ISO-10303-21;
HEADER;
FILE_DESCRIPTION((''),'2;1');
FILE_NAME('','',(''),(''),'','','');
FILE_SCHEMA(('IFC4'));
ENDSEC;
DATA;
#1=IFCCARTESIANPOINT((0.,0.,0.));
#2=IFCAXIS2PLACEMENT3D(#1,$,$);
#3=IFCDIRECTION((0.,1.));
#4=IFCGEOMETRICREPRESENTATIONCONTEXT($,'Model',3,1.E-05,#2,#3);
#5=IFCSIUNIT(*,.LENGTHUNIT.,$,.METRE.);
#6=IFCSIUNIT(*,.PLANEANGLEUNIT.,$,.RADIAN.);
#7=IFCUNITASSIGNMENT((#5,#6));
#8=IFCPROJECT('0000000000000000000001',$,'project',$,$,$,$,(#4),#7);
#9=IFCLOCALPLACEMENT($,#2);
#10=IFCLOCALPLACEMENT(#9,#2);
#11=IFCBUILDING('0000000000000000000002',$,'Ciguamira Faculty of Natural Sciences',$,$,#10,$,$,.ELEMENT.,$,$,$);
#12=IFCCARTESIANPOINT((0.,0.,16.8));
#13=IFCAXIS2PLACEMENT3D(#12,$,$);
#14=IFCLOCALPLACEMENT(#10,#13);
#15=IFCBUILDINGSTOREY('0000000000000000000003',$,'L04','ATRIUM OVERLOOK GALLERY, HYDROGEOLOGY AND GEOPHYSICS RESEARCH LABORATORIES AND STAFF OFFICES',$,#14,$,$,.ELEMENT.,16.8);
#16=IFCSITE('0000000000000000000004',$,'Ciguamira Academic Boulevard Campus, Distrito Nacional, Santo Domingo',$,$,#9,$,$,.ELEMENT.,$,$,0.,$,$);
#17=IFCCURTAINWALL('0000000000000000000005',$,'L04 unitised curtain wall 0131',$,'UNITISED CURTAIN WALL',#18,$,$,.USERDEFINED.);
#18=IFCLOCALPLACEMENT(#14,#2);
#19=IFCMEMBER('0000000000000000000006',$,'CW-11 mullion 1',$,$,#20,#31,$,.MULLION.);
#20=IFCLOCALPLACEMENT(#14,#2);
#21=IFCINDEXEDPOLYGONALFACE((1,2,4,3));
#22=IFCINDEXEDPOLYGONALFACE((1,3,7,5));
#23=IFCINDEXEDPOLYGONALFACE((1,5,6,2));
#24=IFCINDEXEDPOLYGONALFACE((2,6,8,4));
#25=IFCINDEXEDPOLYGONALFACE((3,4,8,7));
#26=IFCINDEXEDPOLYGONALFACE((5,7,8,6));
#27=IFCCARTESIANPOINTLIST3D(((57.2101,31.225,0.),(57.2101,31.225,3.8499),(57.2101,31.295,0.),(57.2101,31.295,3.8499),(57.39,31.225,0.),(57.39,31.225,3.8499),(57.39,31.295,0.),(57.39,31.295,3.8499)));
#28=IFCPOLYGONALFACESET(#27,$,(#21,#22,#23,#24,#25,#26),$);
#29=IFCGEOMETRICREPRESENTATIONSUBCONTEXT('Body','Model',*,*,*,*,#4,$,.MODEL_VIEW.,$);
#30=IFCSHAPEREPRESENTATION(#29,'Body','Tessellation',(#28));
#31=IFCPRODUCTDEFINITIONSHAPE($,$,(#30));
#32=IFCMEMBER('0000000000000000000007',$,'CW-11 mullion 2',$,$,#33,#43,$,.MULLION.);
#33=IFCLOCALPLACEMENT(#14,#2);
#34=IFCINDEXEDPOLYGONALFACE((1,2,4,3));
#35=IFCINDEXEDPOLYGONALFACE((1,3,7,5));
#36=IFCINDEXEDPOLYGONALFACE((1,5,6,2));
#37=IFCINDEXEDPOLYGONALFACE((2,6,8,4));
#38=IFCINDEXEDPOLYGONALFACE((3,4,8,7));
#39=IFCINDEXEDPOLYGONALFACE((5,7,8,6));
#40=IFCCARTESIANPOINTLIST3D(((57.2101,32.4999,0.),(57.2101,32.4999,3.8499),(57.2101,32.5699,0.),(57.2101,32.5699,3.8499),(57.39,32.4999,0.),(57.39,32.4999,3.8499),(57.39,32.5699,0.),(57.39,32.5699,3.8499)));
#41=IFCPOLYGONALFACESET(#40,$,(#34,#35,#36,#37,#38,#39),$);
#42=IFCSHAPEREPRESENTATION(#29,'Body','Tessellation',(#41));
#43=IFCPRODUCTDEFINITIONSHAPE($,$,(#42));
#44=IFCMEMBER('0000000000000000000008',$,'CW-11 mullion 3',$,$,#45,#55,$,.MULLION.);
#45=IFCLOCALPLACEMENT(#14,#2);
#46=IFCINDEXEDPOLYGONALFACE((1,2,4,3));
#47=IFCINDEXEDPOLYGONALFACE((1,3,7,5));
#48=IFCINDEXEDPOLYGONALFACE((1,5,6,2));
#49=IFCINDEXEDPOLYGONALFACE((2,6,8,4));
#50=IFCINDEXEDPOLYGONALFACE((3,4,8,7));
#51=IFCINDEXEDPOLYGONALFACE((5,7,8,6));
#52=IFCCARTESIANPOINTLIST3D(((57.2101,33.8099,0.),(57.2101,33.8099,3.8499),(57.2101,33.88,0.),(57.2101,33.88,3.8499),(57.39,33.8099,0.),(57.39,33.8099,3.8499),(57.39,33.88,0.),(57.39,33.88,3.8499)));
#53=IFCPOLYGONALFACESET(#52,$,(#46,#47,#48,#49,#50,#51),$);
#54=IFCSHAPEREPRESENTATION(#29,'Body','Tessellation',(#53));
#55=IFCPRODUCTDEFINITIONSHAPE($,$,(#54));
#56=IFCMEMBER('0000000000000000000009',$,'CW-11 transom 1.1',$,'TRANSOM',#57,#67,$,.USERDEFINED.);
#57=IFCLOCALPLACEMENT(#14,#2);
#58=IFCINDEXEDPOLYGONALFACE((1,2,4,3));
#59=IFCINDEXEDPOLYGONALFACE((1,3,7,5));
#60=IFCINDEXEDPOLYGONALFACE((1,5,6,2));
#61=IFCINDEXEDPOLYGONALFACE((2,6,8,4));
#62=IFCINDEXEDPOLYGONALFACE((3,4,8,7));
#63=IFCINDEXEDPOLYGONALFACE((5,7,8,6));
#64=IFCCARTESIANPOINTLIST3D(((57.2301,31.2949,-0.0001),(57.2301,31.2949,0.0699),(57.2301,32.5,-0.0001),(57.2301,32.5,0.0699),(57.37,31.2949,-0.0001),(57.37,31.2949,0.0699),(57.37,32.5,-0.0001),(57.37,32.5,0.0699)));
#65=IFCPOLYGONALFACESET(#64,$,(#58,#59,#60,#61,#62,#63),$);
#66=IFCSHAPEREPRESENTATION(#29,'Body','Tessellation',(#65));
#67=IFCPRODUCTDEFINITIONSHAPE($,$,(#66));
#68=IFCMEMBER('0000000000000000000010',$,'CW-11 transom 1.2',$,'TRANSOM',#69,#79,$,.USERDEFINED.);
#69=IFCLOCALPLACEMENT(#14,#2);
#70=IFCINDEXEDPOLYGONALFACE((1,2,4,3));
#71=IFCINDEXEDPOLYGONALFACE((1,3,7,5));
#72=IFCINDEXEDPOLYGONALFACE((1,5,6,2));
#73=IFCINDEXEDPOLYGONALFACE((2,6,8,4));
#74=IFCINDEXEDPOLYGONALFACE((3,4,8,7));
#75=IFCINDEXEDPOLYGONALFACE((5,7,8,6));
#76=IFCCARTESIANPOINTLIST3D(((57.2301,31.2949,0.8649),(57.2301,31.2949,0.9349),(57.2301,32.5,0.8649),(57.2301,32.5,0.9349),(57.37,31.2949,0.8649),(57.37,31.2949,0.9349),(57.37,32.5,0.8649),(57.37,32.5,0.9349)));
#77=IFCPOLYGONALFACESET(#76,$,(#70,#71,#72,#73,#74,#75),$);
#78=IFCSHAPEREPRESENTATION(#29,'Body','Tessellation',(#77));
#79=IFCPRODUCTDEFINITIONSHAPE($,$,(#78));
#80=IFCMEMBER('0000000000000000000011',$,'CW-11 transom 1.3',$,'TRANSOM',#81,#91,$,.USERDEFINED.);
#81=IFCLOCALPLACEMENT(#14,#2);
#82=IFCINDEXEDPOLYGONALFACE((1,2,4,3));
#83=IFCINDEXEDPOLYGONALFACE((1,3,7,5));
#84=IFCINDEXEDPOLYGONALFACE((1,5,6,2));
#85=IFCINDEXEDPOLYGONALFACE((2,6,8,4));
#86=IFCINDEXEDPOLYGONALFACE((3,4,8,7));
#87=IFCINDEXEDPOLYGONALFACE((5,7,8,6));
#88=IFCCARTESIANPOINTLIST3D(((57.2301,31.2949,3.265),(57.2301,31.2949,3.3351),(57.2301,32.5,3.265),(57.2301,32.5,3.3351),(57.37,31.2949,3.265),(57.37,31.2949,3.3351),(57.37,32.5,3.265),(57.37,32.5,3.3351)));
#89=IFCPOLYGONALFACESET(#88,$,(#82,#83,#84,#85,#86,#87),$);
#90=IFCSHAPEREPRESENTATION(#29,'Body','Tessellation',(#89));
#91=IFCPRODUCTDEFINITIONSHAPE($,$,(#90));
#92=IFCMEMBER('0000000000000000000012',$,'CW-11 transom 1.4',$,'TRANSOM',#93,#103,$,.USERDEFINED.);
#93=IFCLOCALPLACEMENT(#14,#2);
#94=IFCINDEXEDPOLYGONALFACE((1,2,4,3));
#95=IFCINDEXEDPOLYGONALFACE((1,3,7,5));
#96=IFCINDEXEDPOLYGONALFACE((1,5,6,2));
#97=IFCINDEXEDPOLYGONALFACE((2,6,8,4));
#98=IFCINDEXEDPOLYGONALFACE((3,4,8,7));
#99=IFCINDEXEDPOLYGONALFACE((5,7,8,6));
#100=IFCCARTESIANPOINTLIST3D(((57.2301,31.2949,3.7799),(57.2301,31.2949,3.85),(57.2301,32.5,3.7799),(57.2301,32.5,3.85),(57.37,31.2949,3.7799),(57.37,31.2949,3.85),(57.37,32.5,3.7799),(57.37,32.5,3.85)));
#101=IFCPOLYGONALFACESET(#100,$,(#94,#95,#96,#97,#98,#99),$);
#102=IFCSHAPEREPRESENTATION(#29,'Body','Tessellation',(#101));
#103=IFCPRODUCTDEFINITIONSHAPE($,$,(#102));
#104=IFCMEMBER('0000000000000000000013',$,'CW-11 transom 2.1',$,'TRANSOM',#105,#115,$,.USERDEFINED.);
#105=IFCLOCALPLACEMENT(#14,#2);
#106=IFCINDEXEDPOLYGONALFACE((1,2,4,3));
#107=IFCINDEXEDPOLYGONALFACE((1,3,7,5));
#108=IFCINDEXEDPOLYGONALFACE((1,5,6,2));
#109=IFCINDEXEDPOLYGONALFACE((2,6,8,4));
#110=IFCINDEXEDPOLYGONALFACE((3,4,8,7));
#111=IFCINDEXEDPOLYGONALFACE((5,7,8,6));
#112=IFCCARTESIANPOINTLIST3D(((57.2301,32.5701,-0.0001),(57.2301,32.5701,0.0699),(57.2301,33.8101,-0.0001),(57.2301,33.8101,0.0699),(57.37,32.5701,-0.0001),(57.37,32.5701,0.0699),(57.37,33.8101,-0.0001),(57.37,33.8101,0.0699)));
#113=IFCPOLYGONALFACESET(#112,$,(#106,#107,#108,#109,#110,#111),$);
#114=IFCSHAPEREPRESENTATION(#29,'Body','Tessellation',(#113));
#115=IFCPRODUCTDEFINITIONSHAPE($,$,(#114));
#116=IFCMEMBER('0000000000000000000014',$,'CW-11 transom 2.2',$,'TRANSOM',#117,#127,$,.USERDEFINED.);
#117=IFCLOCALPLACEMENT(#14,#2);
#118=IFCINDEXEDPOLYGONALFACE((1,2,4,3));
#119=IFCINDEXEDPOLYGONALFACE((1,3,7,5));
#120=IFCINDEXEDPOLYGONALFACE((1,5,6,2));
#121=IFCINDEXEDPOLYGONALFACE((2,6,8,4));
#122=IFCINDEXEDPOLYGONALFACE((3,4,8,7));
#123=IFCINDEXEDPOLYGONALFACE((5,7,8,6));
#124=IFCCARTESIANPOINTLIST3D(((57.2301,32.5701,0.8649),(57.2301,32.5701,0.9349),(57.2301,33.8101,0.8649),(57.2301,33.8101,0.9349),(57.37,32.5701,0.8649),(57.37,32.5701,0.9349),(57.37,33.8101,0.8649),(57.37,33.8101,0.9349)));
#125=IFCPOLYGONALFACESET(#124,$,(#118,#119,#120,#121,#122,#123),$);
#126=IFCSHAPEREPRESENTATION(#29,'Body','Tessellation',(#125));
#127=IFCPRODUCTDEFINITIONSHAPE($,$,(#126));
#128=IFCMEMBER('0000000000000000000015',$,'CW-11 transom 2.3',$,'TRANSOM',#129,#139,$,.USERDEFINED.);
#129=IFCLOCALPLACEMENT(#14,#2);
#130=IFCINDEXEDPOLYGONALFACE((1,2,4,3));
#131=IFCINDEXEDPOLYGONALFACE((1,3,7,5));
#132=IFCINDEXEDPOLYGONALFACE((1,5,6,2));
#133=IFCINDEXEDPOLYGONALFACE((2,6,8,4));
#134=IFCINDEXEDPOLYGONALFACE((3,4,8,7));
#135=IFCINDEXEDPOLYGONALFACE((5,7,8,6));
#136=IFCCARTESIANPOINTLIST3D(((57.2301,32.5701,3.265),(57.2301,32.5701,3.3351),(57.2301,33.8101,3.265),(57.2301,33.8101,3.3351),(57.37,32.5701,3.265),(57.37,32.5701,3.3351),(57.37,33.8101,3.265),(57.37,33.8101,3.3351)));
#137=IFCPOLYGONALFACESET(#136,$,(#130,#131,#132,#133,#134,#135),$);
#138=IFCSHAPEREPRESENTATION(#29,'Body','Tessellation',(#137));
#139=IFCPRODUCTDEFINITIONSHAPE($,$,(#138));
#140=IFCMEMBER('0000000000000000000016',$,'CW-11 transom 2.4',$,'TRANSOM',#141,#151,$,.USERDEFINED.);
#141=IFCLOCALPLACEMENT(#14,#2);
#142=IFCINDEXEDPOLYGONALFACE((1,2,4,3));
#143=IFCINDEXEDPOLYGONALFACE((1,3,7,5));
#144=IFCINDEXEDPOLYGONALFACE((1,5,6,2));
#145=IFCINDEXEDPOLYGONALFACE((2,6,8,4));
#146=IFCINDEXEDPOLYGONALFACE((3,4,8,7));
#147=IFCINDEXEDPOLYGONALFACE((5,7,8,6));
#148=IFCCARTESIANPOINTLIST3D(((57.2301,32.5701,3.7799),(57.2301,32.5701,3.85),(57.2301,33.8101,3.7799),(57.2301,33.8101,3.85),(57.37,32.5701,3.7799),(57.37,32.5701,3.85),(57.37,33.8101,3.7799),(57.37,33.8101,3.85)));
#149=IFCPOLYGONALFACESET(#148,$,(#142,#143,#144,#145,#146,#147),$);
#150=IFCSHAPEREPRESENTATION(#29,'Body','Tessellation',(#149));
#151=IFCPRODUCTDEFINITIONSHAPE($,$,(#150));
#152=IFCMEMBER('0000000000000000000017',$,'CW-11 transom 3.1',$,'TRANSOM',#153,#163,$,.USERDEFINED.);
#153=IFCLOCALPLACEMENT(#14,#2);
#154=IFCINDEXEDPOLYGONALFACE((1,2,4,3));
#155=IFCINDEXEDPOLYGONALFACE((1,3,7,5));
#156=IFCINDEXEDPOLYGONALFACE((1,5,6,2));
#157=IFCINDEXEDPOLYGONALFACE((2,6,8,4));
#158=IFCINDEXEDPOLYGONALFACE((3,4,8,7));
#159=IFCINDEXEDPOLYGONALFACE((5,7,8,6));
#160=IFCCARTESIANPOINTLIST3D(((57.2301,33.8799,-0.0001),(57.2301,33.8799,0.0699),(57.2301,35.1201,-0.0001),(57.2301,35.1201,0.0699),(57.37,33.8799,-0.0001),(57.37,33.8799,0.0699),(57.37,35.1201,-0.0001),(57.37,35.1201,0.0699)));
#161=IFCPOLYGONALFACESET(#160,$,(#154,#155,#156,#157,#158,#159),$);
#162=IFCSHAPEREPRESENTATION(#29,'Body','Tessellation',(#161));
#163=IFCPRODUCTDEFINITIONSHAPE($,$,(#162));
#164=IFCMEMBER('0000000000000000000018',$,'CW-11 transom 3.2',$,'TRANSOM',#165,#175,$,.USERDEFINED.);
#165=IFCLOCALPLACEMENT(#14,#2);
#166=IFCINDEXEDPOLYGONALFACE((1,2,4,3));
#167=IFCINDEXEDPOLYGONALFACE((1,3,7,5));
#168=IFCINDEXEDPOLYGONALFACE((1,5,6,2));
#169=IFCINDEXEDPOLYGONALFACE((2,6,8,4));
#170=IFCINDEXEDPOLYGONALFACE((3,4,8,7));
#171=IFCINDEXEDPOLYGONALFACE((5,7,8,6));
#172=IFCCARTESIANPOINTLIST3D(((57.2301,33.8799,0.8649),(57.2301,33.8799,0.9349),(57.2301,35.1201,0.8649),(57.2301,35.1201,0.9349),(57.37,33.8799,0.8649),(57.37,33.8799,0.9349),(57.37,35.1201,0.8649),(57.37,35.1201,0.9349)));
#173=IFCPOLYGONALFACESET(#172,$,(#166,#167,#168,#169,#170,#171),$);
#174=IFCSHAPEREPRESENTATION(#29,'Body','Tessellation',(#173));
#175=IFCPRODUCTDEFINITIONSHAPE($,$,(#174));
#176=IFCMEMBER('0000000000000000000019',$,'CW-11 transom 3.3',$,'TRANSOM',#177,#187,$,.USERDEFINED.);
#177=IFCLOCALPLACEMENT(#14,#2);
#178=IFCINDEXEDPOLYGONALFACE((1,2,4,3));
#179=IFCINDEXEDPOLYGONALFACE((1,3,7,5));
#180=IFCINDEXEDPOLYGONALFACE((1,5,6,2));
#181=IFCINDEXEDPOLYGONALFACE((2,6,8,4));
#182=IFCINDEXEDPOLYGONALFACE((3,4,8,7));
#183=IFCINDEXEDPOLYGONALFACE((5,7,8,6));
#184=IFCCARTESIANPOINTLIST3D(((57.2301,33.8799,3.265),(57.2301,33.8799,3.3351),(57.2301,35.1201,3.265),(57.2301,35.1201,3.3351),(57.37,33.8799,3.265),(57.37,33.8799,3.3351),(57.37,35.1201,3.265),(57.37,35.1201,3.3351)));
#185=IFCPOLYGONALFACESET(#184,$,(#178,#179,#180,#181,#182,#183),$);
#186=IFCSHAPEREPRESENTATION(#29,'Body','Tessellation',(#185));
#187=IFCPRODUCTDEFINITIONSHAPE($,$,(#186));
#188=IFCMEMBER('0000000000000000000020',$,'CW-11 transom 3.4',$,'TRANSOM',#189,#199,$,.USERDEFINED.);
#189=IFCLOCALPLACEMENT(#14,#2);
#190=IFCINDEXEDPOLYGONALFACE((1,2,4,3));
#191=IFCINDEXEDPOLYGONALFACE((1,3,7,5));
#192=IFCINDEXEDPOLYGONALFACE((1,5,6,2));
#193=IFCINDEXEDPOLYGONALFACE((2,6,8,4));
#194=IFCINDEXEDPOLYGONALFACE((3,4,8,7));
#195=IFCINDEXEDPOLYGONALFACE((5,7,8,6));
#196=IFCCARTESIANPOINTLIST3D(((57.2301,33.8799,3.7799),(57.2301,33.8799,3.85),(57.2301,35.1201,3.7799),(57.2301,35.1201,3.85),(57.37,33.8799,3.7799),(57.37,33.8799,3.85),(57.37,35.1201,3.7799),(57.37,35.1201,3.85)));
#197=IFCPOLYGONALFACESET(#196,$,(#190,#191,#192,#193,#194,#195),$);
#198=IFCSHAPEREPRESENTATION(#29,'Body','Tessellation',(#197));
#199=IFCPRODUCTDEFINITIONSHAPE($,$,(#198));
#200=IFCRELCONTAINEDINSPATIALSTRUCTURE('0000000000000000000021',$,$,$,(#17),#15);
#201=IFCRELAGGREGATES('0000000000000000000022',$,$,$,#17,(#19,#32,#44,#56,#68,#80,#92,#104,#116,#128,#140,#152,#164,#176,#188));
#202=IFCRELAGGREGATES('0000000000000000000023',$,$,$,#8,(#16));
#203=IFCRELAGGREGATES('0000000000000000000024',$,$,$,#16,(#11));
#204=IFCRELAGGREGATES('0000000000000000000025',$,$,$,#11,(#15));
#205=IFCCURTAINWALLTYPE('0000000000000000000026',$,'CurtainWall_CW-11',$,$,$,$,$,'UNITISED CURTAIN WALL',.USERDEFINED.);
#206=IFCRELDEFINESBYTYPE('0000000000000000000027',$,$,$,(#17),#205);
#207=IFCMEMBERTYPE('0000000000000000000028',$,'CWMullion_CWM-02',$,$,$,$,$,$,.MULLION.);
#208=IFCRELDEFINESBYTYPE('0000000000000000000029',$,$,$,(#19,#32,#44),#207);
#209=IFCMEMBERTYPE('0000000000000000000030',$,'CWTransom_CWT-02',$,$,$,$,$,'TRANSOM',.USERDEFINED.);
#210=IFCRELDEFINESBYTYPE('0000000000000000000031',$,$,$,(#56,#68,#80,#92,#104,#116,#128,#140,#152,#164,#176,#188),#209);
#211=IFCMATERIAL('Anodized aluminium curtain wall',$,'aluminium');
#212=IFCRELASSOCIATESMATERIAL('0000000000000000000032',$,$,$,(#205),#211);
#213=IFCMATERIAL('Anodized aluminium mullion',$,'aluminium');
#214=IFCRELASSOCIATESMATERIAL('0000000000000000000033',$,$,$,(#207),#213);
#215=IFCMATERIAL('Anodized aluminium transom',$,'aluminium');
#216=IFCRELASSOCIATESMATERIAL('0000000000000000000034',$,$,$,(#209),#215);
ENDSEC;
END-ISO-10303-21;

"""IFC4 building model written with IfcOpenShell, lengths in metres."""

from ifc_helpers import new_model, si_unit, direction, frame, origin, origin_2d, place, context, subcontext, project, spatial, rectangle, extrude, material, material_profile, profile_set, type_object, element, aggregate, save


model = new_model("IFC4")

# Units and contexts
model_context = context("Model", 3, precision=1e-05, world=origin(), true_north=direction((0.0, 1.0)))
body_context = subcontext(model_context, "Body", "Model", "MODEL_VIEW")
ifc_project = project(units=[si_unit("LENGTHUNIT", "METRE"), si_unit("PLANEANGLEUNIT", "RADIAN")], contexts=[model_context])

# Site, building, storey
site_placement = place(None, origin())
site = spatial("IfcSite", under=ifc_project, at=site_placement, Name="Ciguamira Academic Boulevard Campus, Distrito Nacional, Santo Domingo", CompositionType="ELEMENT", RefElevation=0.0)
building_placement = place(site_placement, origin())
building = spatial("IfcBuilding", under=site, at=building_placement, Name="Ciguamira Faculty of Natural Sciences", CompositionType="ELEMENT")
storey_placement = place(building_placement, frame((0.0, 0.0, 16.8)))
storey = spatial("IfcBuildingStorey", under=building, at=storey_placement, Name="L04", Description="ATRIUM OVERLOOK GALLERY, HYDROGEOLOGY AND GEOPHYSICS RESEARCH LABORATORIES AND STAFF OFFICES", CompositionType="ELEMENT", Elevation=16.8)

# Curtain wall, members
ifc_material_1 = material(Name="Anodized aluminium curtain wall", Category="aluminium")
curtain_wall_type = type_object("IfcCurtainWallType", Name="CurtainWall_CW-11", ElementType="UNITISED CURTAIN WALL", PredefinedType="USERDEFINED", material=ifc_material_1)
curtain_wall_placement = place(storey_placement, origin())
curtain_wall = element("IfcCurtainWall", 1, at=curtain_wall_placement, inside=storey, type_object=curtain_wall_type, Name="L04 unitised curtain wall 0131", ObjectType="UNITISED CURTAIN WALL", PredefinedType="USERDEFINED")
ifc_material_2 = material(Name="Anodized aluminium mullion", Category="aluminium")
ifc_material_profile_1 = material_profile(ifc_material_2, rectangle(XDim=0.0701, YDim=0.1799, at=origin_2d()), Name="ALU-MUL-70X180")
ifc_profile_set_1 = profile_set([ifc_material_profile_1], Name="Anodized aluminium mullion")
member_type_1 = type_object("IfcMemberType", Name="CWMullion_CWM-02", PredefinedType="MULLION", material=ifc_profile_set_1)
member_1_placement = place(storey_placement, frame((57.3, 31.26, 0.0), z_axis=(0.0, 0.0, 1.0), x_axis=(0.0, 1.0, 0.0)))
member_1 = element("IfcMember", 2, at=member_1_placement, type_object=member_type_1, Name="CW-11 mullion 1", PredefinedType="MULLION", context=body_context, shape_type="SweptSolid", body=[
    extrude(rectangle(XDim=0.0701, YDim=0.1799, at=origin_2d()), origin(), (0.0, 0.0, 1.0), 3.8499),
])
member_2_placement = place(storey_placement, frame((57.3, 32.5349, 0.0), z_axis=(0.0, 0.0, 1.0), x_axis=(0.0, 1.0, 0.0)))
member_2 = element("IfcMember", 3, at=member_2_placement, type_object=member_type_1, Name="CW-11 mullion 2", PredefinedType="MULLION", context=body_context, shape_type="SweptSolid", body=[
    extrude(rectangle(XDim=0.0701, YDim=0.1799, at=origin_2d()), origin(), (0.0, 0.0, 1.0), 3.8499),
])
member_3_placement = place(storey_placement, frame((57.3, 33.845, 0.0), z_axis=(0.0, 0.0, 1.0), x_axis=(0.0, 1.0, 0.0)))
member_3 = element("IfcMember", 4, at=member_3_placement, type_object=member_type_1, Name="CW-11 mullion 3", PredefinedType="MULLION", context=body_context, shape_type="SweptSolid", body=[
    extrude(rectangle(XDim=0.0701, YDim=0.1799, at=origin_2d()), origin(), (0.0, 0.0, 1.0), 3.8499),
])
ifc_material_3 = material(Name="Anodized aluminium transom", Category="aluminium")
ifc_material_profile_2 = material_profile(ifc_material_3, rectangle(XDim=0.0701, YDim=0.1399, at=origin_2d()), Name="ALU-TRN-70X140")
ifc_profile_set_2 = profile_set([ifc_material_profile_2], Name="Anodized aluminium transom")
member_type_2 = type_object("IfcMemberType", Name="CWTransom_CWT-02", ElementType="TRANSOM", PredefinedType="USERDEFINED", material=ifc_profile_set_2)
member_4_placement = place(storey_placement, frame((57.3, 31.2949, 0.0349), z_axis=(0.0, 1.0, 0.0), x_axis=(0.0, 0.0, 1.0)))
member_4 = element("IfcMember", 5, at=member_4_placement, type_object=member_type_2, Name="CW-11 transom 1.1", ObjectType="TRANSOM", PredefinedType="USERDEFINED", context=body_context, shape_type="SweptSolid", body=[
    extrude(rectangle(XDim=0.0701, YDim=0.1399, at=origin_2d()), origin(), (0.0, 0.0, 1.0), 1.2051),
])
member_5_placement = place(storey_placement, frame((57.3, 31.2949, 0.8999), z_axis=(0.0, 1.0, 0.0), x_axis=(0.0, 0.0, 1.0)))
member_5 = element("IfcMember", 6, at=member_5_placement, type_object=member_type_2, Name="CW-11 transom 1.2", ObjectType="TRANSOM", PredefinedType="USERDEFINED", context=body_context, shape_type="SweptSolid", body=[
    extrude(rectangle(XDim=0.0701, YDim=0.1399, at=origin_2d()), origin(), (0.0, 0.0, 1.0), 1.2051),
])
member_6_placement = place(storey_placement, frame((57.3, 31.2949, 3.3), z_axis=(0.0, 1.0, 0.0), x_axis=(0.0, 0.0, 1.0)))
member_6 = element("IfcMember", 7, at=member_6_placement, type_object=member_type_2, Name="CW-11 transom 1.3", ObjectType="TRANSOM", PredefinedType="USERDEFINED", context=body_context, shape_type="SweptSolid", body=[
    extrude(rectangle(XDim=0.0701, YDim=0.1399, at=origin_2d()), origin(), (0.0, 0.0, 1.0), 1.2051),
])
member_7_placement = place(storey_placement, frame((57.3, 31.2949, 3.8149), z_axis=(0.0, 1.0, 0.0), x_axis=(0.0, 0.0, 1.0)))
member_7 = element("IfcMember", 8, at=member_7_placement, type_object=member_type_2, Name="CW-11 transom 1.4", ObjectType="TRANSOM", PredefinedType="USERDEFINED", context=body_context, shape_type="SweptSolid", body=[
    extrude(rectangle(XDim=0.0701, YDim=0.1399, at=origin_2d()), origin(), (0.0, 0.0, 1.0), 1.2051),
])
member_8_placement = place(storey_placement, frame((57.3, 32.5701, 0.0349), z_axis=(0.0, 1.0, 0.0), x_axis=(0.0, 0.0, 1.0)))
member_8 = element("IfcMember", 9, at=member_8_placement, type_object=member_type_2, Name="CW-11 transom 2.1", ObjectType="TRANSOM", PredefinedType="USERDEFINED", context=body_context, shape_type="SweptSolid", body=[
    extrude(rectangle(XDim=0.0701, YDim=0.1399, at=origin_2d()), origin(), (0.0, 0.0, 1.0), 1.24),
])
member_9_placement = place(storey_placement, frame((57.3, 32.5701, 0.8999), z_axis=(0.0, 1.0, 0.0), x_axis=(0.0, 0.0, 1.0)))
member_9 = element("IfcMember", 10, at=member_9_placement, type_object=member_type_2, Name="CW-11 transom 2.2", ObjectType="TRANSOM", PredefinedType="USERDEFINED", context=body_context, shape_type="SweptSolid", body=[
    extrude(rectangle(XDim=0.0701, YDim=0.1399, at=origin_2d()), origin(), (0.0, 0.0, 1.0), 1.24),
])
member_10_placement = place(storey_placement, frame((57.3, 32.5701, 3.3), z_axis=(0.0, 1.0, 0.0), x_axis=(0.0, 0.0, 1.0)))
member_10 = element("IfcMember", 11, at=member_10_placement, type_object=member_type_2, Name="CW-11 transom 2.3", ObjectType="TRANSOM", PredefinedType="USERDEFINED", context=body_context, shape_type="SweptSolid", body=[
    extrude(rectangle(XDim=0.0701, YDim=0.1399, at=origin_2d()), origin(), (0.0, 0.0, 1.0), 1.24),
])
member_11_placement = place(storey_placement, frame((57.3, 32.5701, 3.8149), z_axis=(0.0, 1.0, 0.0), x_axis=(0.0, 0.0, 1.0)))
member_11 = element("IfcMember", 12, at=member_11_placement, type_object=member_type_2, Name="CW-11 transom 2.4", ObjectType="TRANSOM", PredefinedType="USERDEFINED", context=body_context, shape_type="SweptSolid", body=[
    extrude(rectangle(XDim=0.0701, YDim=0.1399, at=origin_2d()), origin(), (0.0, 0.0, 1.0), 1.24),
])
member_12_placement = place(storey_placement, frame((57.3, 33.8799, 0.0349), z_axis=(0.0, 1.0, 0.0), x_axis=(0.0, 0.0, 1.0)))
member_12 = element("IfcMember", 13, at=member_12_placement, type_object=member_type_2, Name="CW-11 transom 3.1", ObjectType="TRANSOM", PredefinedType="USERDEFINED", context=body_context, shape_type="SweptSolid", body=[
    extrude(rectangle(XDim=0.0701, YDim=0.1399, at=origin_2d()), origin(), (0.0, 0.0, 1.0), 1.2402),
])
member_13_placement = place(storey_placement, frame((57.3, 33.8799, 0.8999), z_axis=(0.0, 1.0, 0.0), x_axis=(0.0, 0.0, 1.0)))
member_13 = element("IfcMember", 14, at=member_13_placement, type_object=member_type_2, Name="CW-11 transom 3.2", ObjectType="TRANSOM", PredefinedType="USERDEFINED", context=body_context, shape_type="SweptSolid", body=[
    extrude(rectangle(XDim=0.0701, YDim=0.1399, at=origin_2d()), origin(), (0.0, 0.0, 1.0), 1.2402),
])
member_14_placement = place(storey_placement, frame((57.3, 33.8799, 3.3), z_axis=(0.0, 1.0, 0.0), x_axis=(0.0, 0.0, 1.0)))
member_14 = element("IfcMember", 15, at=member_14_placement, type_object=member_type_2, Name="CW-11 transom 3.3", ObjectType="TRANSOM", PredefinedType="USERDEFINED", context=body_context, shape_type="SweptSolid", body=[
    extrude(rectangle(XDim=0.0701, YDim=0.1399, at=origin_2d()), origin(), (0.0, 0.0, 1.0), 1.2402),
])
member_15_placement = place(storey_placement, frame((57.3, 33.8799, 3.8149), z_axis=(0.0, 1.0, 0.0), x_axis=(0.0, 0.0, 1.0)))
member_15 = element("IfcMember", 16, at=member_15_placement, type_object=member_type_2, Name="CW-11 transom 3.4", ObjectType="TRANSOM", PredefinedType="USERDEFINED", context=body_context, shape_type="SweptSolid", body=[
    extrude(rectangle(XDim=0.0701, YDim=0.1399, at=origin_2d()), origin(), (0.0, 0.0, 1.0), 1.2402),
])

aggregate(curtain_wall, [member_1, member_2, member_3, member_4, member_5, member_6, member_7, member_8, member_9, member_10, member_11, member_12, member_13, member_14, member_15])

save(model, "model.ifc")
